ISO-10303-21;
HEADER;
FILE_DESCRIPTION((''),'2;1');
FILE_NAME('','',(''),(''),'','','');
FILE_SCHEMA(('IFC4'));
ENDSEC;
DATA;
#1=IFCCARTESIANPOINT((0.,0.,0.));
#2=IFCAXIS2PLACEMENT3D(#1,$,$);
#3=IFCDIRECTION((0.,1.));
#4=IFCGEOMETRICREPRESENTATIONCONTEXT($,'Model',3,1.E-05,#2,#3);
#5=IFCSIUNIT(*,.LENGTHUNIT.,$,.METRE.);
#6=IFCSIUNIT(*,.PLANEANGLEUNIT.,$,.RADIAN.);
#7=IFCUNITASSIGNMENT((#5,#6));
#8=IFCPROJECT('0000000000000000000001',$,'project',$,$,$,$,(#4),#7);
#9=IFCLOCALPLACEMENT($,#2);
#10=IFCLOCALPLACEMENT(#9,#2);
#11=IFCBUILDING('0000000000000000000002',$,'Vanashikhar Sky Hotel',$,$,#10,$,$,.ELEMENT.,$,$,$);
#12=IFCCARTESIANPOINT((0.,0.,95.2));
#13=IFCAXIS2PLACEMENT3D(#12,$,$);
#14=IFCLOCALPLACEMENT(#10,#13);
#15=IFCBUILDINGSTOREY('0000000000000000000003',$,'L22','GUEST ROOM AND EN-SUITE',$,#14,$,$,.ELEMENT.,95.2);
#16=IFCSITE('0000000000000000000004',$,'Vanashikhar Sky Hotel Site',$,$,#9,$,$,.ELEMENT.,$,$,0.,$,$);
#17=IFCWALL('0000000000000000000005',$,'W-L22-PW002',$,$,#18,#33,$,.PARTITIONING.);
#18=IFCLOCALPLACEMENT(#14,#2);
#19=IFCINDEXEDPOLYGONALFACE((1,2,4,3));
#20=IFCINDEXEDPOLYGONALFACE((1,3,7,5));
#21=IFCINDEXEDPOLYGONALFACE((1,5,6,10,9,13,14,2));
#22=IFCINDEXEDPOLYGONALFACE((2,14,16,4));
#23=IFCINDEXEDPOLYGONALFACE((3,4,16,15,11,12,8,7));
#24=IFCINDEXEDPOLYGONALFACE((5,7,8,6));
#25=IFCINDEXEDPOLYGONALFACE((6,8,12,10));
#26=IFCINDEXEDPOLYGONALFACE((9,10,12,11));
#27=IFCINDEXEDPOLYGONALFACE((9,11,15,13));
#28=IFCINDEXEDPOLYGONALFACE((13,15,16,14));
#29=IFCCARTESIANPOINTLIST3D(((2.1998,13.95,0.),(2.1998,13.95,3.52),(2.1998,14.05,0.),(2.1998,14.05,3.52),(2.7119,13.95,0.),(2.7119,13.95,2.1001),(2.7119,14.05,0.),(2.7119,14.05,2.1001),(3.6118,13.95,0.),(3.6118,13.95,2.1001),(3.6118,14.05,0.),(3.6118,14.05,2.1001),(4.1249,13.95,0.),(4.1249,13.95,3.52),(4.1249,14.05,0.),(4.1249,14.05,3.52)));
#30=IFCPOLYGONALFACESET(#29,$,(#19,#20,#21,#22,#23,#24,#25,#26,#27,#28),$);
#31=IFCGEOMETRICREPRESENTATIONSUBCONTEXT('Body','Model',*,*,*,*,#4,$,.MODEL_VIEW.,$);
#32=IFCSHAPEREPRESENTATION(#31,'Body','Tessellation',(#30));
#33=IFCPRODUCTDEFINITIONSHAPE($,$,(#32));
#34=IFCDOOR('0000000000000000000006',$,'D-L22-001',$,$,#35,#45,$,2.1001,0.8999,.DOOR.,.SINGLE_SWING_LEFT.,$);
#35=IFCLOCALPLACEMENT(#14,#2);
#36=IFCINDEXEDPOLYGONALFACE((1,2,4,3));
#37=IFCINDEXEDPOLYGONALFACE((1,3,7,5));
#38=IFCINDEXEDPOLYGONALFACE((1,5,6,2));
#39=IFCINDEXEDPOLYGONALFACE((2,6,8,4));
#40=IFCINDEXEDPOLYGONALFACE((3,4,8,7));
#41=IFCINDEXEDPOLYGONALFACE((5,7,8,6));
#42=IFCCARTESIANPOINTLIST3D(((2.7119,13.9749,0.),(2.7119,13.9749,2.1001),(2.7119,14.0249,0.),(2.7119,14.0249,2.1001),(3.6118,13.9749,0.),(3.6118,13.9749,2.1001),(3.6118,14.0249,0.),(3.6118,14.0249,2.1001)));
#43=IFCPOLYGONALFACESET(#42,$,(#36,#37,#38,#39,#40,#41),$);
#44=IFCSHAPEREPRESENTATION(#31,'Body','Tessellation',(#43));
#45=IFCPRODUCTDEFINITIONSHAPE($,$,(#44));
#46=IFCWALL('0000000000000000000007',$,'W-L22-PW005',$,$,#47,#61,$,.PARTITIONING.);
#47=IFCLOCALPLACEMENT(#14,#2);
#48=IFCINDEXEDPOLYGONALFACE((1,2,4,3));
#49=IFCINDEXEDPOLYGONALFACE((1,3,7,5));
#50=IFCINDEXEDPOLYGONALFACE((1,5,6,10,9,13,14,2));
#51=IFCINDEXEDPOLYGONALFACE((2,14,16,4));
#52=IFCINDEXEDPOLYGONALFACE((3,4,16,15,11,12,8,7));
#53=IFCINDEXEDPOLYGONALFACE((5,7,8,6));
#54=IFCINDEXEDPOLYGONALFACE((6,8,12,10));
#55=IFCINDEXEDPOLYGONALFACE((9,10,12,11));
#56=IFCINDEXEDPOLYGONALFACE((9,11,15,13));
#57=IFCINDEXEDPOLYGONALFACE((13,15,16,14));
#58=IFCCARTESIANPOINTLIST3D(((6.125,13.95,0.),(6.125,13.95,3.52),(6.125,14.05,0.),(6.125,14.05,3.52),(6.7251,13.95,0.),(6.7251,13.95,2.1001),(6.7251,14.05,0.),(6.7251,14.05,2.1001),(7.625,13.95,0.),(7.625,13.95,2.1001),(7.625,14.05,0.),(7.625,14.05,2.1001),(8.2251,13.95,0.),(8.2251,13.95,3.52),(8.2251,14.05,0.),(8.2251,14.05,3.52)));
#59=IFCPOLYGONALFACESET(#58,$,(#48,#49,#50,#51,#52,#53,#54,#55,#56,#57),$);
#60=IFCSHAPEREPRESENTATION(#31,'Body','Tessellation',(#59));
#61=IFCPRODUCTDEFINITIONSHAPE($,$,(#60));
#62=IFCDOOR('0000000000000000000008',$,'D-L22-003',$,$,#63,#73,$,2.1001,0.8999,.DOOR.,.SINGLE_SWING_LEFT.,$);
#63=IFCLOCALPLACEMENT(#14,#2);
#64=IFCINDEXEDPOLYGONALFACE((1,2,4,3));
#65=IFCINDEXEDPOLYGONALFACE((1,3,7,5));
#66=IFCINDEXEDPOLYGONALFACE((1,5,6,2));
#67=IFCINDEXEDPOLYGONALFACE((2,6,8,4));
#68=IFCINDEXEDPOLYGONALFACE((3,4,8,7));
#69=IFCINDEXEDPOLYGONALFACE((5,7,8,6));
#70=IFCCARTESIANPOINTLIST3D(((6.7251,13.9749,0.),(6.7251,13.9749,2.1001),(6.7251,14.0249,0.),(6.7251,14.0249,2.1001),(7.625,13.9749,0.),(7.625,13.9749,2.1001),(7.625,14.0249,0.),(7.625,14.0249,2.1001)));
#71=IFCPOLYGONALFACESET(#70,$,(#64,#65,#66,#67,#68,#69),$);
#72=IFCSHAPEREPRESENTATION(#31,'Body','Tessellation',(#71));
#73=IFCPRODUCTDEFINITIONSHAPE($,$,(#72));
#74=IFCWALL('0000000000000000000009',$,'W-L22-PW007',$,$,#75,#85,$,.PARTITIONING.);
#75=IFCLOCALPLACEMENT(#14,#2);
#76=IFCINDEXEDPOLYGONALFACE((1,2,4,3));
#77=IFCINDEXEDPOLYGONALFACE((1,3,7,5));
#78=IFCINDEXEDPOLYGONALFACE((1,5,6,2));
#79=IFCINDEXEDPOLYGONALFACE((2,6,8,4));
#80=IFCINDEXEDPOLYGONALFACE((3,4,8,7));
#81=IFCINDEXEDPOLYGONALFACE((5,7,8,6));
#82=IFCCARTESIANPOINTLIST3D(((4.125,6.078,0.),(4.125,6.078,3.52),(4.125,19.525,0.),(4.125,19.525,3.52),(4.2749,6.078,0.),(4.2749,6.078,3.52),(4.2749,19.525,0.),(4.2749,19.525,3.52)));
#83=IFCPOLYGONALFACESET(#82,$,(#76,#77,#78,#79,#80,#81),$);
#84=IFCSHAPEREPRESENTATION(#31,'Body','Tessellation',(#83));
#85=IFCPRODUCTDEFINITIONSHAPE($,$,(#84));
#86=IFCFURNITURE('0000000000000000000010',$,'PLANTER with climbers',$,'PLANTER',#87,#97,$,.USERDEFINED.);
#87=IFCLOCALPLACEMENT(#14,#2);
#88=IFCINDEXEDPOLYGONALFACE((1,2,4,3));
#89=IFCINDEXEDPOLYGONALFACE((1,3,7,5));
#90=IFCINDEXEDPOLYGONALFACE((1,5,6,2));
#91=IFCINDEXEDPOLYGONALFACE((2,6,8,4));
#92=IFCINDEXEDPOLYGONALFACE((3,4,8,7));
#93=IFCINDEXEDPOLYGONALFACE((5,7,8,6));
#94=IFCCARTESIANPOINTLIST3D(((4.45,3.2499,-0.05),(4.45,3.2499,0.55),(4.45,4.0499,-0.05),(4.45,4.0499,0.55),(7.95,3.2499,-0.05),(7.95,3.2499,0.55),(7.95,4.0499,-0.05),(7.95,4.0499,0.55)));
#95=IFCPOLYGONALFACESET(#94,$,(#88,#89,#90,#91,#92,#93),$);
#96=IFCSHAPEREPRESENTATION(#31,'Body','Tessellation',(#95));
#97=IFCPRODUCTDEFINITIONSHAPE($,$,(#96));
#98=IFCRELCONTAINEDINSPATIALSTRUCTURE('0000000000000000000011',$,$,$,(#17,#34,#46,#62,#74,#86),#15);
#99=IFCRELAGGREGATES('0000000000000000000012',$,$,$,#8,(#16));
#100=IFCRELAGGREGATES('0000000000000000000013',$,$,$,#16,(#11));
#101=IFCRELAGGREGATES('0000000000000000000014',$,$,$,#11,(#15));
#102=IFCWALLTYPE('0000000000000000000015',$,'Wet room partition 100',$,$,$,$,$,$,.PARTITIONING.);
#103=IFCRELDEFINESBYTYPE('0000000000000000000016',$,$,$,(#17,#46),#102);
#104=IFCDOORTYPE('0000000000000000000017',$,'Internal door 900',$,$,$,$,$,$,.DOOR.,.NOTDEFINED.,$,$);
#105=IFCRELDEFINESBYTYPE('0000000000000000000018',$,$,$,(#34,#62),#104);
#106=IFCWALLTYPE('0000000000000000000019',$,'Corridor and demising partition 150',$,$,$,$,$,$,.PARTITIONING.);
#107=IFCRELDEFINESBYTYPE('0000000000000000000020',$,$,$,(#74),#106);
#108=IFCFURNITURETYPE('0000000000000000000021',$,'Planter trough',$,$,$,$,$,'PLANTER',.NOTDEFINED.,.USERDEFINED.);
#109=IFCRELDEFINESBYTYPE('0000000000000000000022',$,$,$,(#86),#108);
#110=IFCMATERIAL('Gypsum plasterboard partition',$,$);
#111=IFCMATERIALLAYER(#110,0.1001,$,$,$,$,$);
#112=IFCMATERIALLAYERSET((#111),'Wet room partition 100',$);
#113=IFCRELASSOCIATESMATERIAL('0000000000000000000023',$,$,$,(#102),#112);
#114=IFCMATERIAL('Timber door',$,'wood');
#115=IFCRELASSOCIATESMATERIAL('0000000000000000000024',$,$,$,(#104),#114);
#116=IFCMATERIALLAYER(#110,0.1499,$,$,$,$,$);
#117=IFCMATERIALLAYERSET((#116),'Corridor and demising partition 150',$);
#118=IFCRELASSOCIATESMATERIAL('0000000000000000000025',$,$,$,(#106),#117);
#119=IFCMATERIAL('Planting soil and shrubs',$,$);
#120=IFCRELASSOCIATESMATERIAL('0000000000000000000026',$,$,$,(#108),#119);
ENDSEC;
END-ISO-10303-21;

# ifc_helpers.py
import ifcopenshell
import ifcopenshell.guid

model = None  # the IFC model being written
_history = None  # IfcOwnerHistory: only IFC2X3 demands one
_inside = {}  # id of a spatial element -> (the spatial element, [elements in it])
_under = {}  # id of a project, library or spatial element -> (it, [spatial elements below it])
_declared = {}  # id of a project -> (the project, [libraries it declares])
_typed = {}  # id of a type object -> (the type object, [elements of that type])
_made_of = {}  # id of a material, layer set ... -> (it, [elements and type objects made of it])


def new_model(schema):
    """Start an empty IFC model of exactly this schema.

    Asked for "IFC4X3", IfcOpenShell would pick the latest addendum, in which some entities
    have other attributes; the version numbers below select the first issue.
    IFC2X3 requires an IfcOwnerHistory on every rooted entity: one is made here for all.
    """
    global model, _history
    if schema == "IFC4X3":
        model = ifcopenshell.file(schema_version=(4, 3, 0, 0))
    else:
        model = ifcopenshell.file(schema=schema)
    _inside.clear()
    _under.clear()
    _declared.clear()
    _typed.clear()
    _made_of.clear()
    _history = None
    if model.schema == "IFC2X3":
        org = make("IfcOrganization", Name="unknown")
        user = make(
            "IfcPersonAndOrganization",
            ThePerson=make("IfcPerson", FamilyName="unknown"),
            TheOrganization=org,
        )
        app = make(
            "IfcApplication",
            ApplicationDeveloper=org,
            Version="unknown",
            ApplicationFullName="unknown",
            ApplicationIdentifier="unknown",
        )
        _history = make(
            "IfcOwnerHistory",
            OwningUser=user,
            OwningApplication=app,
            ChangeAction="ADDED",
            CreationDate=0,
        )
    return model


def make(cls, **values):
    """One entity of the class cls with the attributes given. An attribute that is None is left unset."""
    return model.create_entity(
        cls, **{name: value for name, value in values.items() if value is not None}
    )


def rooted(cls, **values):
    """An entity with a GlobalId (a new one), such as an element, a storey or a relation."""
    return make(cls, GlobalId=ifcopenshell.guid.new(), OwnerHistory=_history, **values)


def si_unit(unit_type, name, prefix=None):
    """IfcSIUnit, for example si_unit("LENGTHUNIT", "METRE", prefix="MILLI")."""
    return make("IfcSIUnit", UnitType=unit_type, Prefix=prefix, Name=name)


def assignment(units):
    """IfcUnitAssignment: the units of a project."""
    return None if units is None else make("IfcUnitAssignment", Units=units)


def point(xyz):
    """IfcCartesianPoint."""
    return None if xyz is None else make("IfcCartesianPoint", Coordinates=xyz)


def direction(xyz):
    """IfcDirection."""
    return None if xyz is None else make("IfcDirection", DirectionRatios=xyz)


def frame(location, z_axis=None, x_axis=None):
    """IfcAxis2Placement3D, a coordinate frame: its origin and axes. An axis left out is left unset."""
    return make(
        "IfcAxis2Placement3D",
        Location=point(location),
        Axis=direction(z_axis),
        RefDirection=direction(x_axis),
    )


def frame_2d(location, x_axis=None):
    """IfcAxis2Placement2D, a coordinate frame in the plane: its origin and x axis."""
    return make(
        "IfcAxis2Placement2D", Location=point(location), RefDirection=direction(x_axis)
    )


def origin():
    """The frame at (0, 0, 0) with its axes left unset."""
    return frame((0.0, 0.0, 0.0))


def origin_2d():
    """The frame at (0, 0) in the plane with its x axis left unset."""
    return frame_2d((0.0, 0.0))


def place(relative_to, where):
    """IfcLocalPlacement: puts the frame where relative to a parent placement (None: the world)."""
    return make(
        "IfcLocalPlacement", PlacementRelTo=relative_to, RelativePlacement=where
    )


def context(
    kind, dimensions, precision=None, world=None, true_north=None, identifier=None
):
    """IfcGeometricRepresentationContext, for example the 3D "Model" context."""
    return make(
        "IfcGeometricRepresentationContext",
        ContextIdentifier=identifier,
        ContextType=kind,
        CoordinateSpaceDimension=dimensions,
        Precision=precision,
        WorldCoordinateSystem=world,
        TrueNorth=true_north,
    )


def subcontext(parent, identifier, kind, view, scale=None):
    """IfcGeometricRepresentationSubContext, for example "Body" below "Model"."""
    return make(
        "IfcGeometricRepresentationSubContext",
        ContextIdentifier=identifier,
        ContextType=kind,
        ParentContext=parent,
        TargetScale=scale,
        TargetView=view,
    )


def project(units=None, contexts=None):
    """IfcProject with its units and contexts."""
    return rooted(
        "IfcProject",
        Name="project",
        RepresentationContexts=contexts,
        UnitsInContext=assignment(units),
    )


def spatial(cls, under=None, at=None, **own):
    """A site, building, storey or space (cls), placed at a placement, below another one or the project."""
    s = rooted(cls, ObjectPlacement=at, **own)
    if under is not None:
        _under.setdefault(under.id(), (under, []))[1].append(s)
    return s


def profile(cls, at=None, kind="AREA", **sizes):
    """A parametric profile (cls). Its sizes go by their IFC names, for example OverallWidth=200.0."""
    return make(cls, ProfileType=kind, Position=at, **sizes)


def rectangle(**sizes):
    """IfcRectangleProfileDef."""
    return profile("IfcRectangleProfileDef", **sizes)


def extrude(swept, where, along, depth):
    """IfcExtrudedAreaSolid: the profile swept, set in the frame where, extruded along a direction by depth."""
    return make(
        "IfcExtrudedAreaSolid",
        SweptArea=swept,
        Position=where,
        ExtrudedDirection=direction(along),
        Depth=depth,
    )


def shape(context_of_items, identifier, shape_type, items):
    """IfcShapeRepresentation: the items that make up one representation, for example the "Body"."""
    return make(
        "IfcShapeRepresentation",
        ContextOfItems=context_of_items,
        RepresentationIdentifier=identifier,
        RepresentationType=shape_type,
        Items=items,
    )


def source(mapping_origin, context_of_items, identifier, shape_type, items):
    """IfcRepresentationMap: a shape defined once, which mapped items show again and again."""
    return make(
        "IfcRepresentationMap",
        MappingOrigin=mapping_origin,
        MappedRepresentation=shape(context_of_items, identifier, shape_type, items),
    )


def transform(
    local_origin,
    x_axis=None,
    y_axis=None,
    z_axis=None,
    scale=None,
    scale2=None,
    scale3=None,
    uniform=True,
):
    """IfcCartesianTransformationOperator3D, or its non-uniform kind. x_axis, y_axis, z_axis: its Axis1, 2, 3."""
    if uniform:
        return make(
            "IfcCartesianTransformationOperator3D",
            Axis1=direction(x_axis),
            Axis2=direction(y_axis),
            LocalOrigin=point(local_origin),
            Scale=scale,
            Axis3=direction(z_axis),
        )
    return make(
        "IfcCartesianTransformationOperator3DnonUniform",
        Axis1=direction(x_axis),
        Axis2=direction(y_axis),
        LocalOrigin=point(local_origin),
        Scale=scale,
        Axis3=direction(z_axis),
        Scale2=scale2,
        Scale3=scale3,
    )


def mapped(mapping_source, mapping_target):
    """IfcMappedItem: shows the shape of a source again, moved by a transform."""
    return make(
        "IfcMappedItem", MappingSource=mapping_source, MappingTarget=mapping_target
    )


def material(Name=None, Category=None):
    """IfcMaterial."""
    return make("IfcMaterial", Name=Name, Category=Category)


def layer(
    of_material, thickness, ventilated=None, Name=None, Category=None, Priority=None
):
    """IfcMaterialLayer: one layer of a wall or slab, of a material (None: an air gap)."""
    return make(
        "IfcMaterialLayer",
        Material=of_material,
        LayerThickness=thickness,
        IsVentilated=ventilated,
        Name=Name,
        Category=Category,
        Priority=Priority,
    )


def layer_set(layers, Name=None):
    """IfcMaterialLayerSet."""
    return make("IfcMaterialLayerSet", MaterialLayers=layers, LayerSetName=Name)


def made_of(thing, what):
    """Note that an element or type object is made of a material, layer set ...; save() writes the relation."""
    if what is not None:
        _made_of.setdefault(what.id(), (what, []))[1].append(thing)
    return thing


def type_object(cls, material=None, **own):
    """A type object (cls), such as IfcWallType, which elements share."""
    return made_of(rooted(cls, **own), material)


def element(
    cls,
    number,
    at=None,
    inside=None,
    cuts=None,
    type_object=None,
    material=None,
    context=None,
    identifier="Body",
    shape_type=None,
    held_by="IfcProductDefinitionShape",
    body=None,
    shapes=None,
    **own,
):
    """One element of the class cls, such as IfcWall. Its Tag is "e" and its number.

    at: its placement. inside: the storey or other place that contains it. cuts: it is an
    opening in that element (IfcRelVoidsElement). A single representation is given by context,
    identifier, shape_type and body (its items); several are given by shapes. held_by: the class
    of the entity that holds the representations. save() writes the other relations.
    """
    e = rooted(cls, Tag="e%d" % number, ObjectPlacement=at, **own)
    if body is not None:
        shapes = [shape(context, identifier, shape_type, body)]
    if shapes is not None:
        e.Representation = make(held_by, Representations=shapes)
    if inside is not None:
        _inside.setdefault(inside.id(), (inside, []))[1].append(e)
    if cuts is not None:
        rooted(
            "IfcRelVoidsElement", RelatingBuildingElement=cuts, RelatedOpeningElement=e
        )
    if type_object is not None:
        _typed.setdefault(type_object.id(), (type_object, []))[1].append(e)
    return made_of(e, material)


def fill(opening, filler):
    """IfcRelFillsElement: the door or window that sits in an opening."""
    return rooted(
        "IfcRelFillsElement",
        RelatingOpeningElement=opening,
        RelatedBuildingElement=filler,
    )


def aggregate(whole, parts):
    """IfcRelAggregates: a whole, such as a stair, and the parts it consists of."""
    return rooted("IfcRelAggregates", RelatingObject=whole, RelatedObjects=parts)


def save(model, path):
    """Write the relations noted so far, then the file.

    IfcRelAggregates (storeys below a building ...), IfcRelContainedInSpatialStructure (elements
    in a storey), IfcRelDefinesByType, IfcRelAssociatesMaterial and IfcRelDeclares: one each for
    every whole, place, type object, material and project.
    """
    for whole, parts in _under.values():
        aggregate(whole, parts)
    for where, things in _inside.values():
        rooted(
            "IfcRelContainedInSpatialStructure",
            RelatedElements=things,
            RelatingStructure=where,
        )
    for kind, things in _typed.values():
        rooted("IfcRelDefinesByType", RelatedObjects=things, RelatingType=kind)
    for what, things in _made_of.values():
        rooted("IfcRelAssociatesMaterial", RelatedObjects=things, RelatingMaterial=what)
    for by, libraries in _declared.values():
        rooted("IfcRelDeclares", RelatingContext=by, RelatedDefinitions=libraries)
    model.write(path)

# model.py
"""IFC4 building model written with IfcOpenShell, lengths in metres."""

from ifc_helpers import new_model, si_unit, direction, frame, frame_2d, origin, origin_2d, place, context, subcontext, project, spatial, rectangle, extrude, source, transform, mapped, material, layer, layer_set, type_object, element, fill, save


model = new_model("IFC4")

# Units and contexts
model_context = context("Model", 3, precision=1e-05, world=origin(), true_north=direction((0.0, 1.0)))
body_context = subcontext(model_context, "Body", "Model", "MODEL_VIEW")
ifc_project = project(units=[si_unit("LENGTHUNIT", "METRE"), si_unit("PLANEANGLEUNIT", "RADIAN")], contexts=[model_context])

# Site, building, storey
site_placement = place(None, origin())
site = spatial("IfcSite", under=ifc_project, at=site_placement, Name="Vanashikhar Sky Hotel Site", CompositionType="ELEMENT", RefElevation=0.0)
building_placement = place(site_placement, origin())
building = spatial("IfcBuilding", under=site, at=building_placement, Name="Vanashikhar Sky Hotel", CompositionType="ELEMENT")
storey_placement = place(building_placement, frame((0.0, 0.0, 95.2)))
storey = spatial("IfcBuildingStorey", under=building, at=storey_placement, Name="L22", Description="GUEST ROOM AND EN-SUITE", CompositionType="ELEMENT", Elevation=95.2)

# Shared definitions
ifc_material_1 = material(Name="Gypsum plasterboard partition")
ifc_layer_1 = layer(ifc_material_1, 0.1001)
ifc_layer_set_1 = layer_set([ifc_layer_1], Name="Wet room partition 100")
wall_type_1 = type_object("IfcWallType", Name="Wet room partition 100", PredefinedType="PARTITIONING", material=ifc_layer_set_1)

# Walls, openings, doors
shared_shape_1 = source(origin(), body_context, "Body", "SweptSolid", [
    extrude(rectangle(XDim=1.925, YDim=0.1001, at=frame_2d((0.9624, 0.0))), origin(), (0.0, 0.0, 1.0), 3.52),
])
wall_1_placement = place(storey_placement, frame((2.2, 14.0, 0.0), z_axis=(0.0, 0.0, 1.0), x_axis=(1.0, 0.0, 0.0)))
wall_1 = element("IfcWall", 1, at=wall_1_placement, inside=storey, type_object=wall_type_1, Name="W-L22-PW002", PredefinedType="PARTITIONING", context=body_context, shape_type="MappedRepresentation", body=[
    mapped(shared_shape_1, transform((0.0, 0.0, 0.0), scale=1.0)),
])
shared_shape_2 = source(origin(), body_context, "Body", "SweptSolid", [
    extrude(rectangle(XDim=0.8999, YDim=2.1001, at=frame_2d((0.45, 1.05))), frame((0.0, 0.0601, 0.0), z_axis=(0.0, -1.0, 0.0), x_axis=(1.0, 0.0, 0.0)), (0.0, 0.0, 1.0), 0.1201),
])
opening_1_placement = place(wall_1_placement, frame((0.512, 0.0, 0.0)))
opening_1 = element("IfcOpeningElement", 2, at=opening_1_placement, cuts=wall_1, PredefinedType="OPENING", context=body_context, shape_type="MappedRepresentation", body=[
    mapped(shared_shape_2, transform((0.0, 0.0, 0.0), scale=1.0)),
])
ifc_material_2 = material(Name="Timber door", Category="wood")
door_type_1 = type_object("IfcDoorType", Name="Internal door 900", OperationType="NOTDEFINED", PredefinedType="DOOR", material=ifc_material_2)
shared_shape_3 = source(origin(), body_context, "Body", "SweptSolid", [
    extrude(rectangle(XDim=0.8999, YDim=2.1001, at=frame_2d((0.45, 1.05))), frame((0.0, 0.0249, 0.0), z_axis=(0.0, -1.0, 0.0), x_axis=(1.0, 0.0, 0.0)), (0.0, 0.0, 1.0), 0.05),
])
door_1_placement = place(opening_1_placement, origin())
door_1 = element("IfcDoor", 3, at=door_1_placement, inside=storey, type_object=door_type_1, Name="D-L22-001", OperationType="SINGLE_SWING_LEFT", OverallHeight=2.1001, OverallWidth=0.8999, PredefinedType="DOOR", context=body_context, shape_type="MappedRepresentation", body=[
    mapped(shared_shape_3, transform((0.0, 0.0, 0.0), scale=1.0)),
])
fill(opening_1, door_1)
shared_shape_4 = source(origin(), body_context, "Body", "SweptSolid", [
    extrude(rectangle(XDim=2.1001, YDim=0.1001, at=frame_2d((1.05, 0.0))), origin(), (0.0, 0.0, 1.0), 3.52),
])
wall_2_placement = place(storey_placement, frame((6.125, 14.0, 0.0), z_axis=(0.0, 0.0, 1.0), x_axis=(1.0, 0.0, 0.0)))
wall_2 = element("IfcWall", 4, at=wall_2_placement, inside=storey, type_object=wall_type_1, Name="W-L22-PW005", PredefinedType="PARTITIONING", context=body_context, shape_type="MappedRepresentation", body=[
    mapped(shared_shape_4, transform((0.0, 0.0, 0.0), scale=1.0)),
])
opening_2_placement = place(wall_2_placement, frame((0.6001, 0.0, 0.0)))
opening_2 = element("IfcOpeningElement", 5, at=opening_2_placement, cuts=wall_2, PredefinedType="OPENING", context=body_context, shape_type="MappedRepresentation", body=[
    mapped(shared_shape_2, transform((0.0, 0.0, 0.0), scale=1.0)),
])
door_2_placement = place(opening_2_placement, origin())
door_2 = element("IfcDoor", 6, at=door_2_placement, inside=storey, type_object=door_type_1, Name="D-L22-003", OperationType="SINGLE_SWING_LEFT", OverallHeight=2.1001, OverallWidth=0.8999, PredefinedType="DOOR", context=body_context, shape_type="MappedRepresentation", body=[
    mapped(shared_shape_3, transform((0.0, 0.0, 0.0), scale=1.0)),
])
fill(opening_2, door_2)

# Wall
ifc_layer_2 = layer(ifc_material_1, 0.1499)
ifc_layer_set_2 = layer_set([ifc_layer_2], Name="Corridor and demising partition 150")
wall_type_2 = type_object("IfcWallType", Name="Corridor and demising partition 150", PredefinedType="PARTITIONING", material=ifc_layer_set_2)
shared_shape_5 = source(origin(), body_context, "Body", "SweptSolid", [
    extrude(rectangle(XDim=13.447, YDim=0.1499, at=frame_2d((6.7236, 0.0))), origin(), (0.0, 0.0, 1.0), 3.52),
])
wall_3_placement = place(storey_placement, frame((4.2, 6.0779, 0.0), z_axis=(0.0, 0.0, 1.0), x_axis=(0.0, 1.0, 0.0)))
element("IfcWall", 7, at=wall_3_placement, inside=storey, type_object=wall_type_2, Name="W-L22-PW007", PredefinedType="PARTITIONING", context=body_context, shape_type="MappedRepresentation", body=[
    mapped(shared_shape_5, transform((0.0, 0.0, 0.0), scale=1.0)),
])

# Furniture
ifc_material_3 = material(Name="Planting soil and shrubs")
furniture_type = type_object("IfcFurnitureType", Name="Planter trough", ElementType="PLANTER", AssemblyPlace="NOTDEFINED", PredefinedType="USERDEFINED", material=ifc_material_3)
shared_shape_6 = source(origin(), body_context, "Body", "SweptSolid", [
    extrude(rectangle(XDim=3.5, YDim=0.8, at=origin_2d()), origin(), (0.0, 0.0, 1.0), 0.6001),
])
furniture_placement = place(storey_placement, frame((6.2, 3.6499, -0.05), z_axis=(0.0, 0.0, 1.0), x_axis=(1.0, 0.0, 0.0)))
element("IfcFurniture", 8, at=furniture_placement, inside=storey, type_object=furniture_type, Name="PLANTER with climbers", ObjectType="PLANTER", PredefinedType="USERDEFINED", context=body_context, shape_type="MappedRepresentation", body=[
    mapped(shared_shape_6, transform((0.0, 0.0, 0.0), scale=1.0)),
])

save(model, "model.ifc")
